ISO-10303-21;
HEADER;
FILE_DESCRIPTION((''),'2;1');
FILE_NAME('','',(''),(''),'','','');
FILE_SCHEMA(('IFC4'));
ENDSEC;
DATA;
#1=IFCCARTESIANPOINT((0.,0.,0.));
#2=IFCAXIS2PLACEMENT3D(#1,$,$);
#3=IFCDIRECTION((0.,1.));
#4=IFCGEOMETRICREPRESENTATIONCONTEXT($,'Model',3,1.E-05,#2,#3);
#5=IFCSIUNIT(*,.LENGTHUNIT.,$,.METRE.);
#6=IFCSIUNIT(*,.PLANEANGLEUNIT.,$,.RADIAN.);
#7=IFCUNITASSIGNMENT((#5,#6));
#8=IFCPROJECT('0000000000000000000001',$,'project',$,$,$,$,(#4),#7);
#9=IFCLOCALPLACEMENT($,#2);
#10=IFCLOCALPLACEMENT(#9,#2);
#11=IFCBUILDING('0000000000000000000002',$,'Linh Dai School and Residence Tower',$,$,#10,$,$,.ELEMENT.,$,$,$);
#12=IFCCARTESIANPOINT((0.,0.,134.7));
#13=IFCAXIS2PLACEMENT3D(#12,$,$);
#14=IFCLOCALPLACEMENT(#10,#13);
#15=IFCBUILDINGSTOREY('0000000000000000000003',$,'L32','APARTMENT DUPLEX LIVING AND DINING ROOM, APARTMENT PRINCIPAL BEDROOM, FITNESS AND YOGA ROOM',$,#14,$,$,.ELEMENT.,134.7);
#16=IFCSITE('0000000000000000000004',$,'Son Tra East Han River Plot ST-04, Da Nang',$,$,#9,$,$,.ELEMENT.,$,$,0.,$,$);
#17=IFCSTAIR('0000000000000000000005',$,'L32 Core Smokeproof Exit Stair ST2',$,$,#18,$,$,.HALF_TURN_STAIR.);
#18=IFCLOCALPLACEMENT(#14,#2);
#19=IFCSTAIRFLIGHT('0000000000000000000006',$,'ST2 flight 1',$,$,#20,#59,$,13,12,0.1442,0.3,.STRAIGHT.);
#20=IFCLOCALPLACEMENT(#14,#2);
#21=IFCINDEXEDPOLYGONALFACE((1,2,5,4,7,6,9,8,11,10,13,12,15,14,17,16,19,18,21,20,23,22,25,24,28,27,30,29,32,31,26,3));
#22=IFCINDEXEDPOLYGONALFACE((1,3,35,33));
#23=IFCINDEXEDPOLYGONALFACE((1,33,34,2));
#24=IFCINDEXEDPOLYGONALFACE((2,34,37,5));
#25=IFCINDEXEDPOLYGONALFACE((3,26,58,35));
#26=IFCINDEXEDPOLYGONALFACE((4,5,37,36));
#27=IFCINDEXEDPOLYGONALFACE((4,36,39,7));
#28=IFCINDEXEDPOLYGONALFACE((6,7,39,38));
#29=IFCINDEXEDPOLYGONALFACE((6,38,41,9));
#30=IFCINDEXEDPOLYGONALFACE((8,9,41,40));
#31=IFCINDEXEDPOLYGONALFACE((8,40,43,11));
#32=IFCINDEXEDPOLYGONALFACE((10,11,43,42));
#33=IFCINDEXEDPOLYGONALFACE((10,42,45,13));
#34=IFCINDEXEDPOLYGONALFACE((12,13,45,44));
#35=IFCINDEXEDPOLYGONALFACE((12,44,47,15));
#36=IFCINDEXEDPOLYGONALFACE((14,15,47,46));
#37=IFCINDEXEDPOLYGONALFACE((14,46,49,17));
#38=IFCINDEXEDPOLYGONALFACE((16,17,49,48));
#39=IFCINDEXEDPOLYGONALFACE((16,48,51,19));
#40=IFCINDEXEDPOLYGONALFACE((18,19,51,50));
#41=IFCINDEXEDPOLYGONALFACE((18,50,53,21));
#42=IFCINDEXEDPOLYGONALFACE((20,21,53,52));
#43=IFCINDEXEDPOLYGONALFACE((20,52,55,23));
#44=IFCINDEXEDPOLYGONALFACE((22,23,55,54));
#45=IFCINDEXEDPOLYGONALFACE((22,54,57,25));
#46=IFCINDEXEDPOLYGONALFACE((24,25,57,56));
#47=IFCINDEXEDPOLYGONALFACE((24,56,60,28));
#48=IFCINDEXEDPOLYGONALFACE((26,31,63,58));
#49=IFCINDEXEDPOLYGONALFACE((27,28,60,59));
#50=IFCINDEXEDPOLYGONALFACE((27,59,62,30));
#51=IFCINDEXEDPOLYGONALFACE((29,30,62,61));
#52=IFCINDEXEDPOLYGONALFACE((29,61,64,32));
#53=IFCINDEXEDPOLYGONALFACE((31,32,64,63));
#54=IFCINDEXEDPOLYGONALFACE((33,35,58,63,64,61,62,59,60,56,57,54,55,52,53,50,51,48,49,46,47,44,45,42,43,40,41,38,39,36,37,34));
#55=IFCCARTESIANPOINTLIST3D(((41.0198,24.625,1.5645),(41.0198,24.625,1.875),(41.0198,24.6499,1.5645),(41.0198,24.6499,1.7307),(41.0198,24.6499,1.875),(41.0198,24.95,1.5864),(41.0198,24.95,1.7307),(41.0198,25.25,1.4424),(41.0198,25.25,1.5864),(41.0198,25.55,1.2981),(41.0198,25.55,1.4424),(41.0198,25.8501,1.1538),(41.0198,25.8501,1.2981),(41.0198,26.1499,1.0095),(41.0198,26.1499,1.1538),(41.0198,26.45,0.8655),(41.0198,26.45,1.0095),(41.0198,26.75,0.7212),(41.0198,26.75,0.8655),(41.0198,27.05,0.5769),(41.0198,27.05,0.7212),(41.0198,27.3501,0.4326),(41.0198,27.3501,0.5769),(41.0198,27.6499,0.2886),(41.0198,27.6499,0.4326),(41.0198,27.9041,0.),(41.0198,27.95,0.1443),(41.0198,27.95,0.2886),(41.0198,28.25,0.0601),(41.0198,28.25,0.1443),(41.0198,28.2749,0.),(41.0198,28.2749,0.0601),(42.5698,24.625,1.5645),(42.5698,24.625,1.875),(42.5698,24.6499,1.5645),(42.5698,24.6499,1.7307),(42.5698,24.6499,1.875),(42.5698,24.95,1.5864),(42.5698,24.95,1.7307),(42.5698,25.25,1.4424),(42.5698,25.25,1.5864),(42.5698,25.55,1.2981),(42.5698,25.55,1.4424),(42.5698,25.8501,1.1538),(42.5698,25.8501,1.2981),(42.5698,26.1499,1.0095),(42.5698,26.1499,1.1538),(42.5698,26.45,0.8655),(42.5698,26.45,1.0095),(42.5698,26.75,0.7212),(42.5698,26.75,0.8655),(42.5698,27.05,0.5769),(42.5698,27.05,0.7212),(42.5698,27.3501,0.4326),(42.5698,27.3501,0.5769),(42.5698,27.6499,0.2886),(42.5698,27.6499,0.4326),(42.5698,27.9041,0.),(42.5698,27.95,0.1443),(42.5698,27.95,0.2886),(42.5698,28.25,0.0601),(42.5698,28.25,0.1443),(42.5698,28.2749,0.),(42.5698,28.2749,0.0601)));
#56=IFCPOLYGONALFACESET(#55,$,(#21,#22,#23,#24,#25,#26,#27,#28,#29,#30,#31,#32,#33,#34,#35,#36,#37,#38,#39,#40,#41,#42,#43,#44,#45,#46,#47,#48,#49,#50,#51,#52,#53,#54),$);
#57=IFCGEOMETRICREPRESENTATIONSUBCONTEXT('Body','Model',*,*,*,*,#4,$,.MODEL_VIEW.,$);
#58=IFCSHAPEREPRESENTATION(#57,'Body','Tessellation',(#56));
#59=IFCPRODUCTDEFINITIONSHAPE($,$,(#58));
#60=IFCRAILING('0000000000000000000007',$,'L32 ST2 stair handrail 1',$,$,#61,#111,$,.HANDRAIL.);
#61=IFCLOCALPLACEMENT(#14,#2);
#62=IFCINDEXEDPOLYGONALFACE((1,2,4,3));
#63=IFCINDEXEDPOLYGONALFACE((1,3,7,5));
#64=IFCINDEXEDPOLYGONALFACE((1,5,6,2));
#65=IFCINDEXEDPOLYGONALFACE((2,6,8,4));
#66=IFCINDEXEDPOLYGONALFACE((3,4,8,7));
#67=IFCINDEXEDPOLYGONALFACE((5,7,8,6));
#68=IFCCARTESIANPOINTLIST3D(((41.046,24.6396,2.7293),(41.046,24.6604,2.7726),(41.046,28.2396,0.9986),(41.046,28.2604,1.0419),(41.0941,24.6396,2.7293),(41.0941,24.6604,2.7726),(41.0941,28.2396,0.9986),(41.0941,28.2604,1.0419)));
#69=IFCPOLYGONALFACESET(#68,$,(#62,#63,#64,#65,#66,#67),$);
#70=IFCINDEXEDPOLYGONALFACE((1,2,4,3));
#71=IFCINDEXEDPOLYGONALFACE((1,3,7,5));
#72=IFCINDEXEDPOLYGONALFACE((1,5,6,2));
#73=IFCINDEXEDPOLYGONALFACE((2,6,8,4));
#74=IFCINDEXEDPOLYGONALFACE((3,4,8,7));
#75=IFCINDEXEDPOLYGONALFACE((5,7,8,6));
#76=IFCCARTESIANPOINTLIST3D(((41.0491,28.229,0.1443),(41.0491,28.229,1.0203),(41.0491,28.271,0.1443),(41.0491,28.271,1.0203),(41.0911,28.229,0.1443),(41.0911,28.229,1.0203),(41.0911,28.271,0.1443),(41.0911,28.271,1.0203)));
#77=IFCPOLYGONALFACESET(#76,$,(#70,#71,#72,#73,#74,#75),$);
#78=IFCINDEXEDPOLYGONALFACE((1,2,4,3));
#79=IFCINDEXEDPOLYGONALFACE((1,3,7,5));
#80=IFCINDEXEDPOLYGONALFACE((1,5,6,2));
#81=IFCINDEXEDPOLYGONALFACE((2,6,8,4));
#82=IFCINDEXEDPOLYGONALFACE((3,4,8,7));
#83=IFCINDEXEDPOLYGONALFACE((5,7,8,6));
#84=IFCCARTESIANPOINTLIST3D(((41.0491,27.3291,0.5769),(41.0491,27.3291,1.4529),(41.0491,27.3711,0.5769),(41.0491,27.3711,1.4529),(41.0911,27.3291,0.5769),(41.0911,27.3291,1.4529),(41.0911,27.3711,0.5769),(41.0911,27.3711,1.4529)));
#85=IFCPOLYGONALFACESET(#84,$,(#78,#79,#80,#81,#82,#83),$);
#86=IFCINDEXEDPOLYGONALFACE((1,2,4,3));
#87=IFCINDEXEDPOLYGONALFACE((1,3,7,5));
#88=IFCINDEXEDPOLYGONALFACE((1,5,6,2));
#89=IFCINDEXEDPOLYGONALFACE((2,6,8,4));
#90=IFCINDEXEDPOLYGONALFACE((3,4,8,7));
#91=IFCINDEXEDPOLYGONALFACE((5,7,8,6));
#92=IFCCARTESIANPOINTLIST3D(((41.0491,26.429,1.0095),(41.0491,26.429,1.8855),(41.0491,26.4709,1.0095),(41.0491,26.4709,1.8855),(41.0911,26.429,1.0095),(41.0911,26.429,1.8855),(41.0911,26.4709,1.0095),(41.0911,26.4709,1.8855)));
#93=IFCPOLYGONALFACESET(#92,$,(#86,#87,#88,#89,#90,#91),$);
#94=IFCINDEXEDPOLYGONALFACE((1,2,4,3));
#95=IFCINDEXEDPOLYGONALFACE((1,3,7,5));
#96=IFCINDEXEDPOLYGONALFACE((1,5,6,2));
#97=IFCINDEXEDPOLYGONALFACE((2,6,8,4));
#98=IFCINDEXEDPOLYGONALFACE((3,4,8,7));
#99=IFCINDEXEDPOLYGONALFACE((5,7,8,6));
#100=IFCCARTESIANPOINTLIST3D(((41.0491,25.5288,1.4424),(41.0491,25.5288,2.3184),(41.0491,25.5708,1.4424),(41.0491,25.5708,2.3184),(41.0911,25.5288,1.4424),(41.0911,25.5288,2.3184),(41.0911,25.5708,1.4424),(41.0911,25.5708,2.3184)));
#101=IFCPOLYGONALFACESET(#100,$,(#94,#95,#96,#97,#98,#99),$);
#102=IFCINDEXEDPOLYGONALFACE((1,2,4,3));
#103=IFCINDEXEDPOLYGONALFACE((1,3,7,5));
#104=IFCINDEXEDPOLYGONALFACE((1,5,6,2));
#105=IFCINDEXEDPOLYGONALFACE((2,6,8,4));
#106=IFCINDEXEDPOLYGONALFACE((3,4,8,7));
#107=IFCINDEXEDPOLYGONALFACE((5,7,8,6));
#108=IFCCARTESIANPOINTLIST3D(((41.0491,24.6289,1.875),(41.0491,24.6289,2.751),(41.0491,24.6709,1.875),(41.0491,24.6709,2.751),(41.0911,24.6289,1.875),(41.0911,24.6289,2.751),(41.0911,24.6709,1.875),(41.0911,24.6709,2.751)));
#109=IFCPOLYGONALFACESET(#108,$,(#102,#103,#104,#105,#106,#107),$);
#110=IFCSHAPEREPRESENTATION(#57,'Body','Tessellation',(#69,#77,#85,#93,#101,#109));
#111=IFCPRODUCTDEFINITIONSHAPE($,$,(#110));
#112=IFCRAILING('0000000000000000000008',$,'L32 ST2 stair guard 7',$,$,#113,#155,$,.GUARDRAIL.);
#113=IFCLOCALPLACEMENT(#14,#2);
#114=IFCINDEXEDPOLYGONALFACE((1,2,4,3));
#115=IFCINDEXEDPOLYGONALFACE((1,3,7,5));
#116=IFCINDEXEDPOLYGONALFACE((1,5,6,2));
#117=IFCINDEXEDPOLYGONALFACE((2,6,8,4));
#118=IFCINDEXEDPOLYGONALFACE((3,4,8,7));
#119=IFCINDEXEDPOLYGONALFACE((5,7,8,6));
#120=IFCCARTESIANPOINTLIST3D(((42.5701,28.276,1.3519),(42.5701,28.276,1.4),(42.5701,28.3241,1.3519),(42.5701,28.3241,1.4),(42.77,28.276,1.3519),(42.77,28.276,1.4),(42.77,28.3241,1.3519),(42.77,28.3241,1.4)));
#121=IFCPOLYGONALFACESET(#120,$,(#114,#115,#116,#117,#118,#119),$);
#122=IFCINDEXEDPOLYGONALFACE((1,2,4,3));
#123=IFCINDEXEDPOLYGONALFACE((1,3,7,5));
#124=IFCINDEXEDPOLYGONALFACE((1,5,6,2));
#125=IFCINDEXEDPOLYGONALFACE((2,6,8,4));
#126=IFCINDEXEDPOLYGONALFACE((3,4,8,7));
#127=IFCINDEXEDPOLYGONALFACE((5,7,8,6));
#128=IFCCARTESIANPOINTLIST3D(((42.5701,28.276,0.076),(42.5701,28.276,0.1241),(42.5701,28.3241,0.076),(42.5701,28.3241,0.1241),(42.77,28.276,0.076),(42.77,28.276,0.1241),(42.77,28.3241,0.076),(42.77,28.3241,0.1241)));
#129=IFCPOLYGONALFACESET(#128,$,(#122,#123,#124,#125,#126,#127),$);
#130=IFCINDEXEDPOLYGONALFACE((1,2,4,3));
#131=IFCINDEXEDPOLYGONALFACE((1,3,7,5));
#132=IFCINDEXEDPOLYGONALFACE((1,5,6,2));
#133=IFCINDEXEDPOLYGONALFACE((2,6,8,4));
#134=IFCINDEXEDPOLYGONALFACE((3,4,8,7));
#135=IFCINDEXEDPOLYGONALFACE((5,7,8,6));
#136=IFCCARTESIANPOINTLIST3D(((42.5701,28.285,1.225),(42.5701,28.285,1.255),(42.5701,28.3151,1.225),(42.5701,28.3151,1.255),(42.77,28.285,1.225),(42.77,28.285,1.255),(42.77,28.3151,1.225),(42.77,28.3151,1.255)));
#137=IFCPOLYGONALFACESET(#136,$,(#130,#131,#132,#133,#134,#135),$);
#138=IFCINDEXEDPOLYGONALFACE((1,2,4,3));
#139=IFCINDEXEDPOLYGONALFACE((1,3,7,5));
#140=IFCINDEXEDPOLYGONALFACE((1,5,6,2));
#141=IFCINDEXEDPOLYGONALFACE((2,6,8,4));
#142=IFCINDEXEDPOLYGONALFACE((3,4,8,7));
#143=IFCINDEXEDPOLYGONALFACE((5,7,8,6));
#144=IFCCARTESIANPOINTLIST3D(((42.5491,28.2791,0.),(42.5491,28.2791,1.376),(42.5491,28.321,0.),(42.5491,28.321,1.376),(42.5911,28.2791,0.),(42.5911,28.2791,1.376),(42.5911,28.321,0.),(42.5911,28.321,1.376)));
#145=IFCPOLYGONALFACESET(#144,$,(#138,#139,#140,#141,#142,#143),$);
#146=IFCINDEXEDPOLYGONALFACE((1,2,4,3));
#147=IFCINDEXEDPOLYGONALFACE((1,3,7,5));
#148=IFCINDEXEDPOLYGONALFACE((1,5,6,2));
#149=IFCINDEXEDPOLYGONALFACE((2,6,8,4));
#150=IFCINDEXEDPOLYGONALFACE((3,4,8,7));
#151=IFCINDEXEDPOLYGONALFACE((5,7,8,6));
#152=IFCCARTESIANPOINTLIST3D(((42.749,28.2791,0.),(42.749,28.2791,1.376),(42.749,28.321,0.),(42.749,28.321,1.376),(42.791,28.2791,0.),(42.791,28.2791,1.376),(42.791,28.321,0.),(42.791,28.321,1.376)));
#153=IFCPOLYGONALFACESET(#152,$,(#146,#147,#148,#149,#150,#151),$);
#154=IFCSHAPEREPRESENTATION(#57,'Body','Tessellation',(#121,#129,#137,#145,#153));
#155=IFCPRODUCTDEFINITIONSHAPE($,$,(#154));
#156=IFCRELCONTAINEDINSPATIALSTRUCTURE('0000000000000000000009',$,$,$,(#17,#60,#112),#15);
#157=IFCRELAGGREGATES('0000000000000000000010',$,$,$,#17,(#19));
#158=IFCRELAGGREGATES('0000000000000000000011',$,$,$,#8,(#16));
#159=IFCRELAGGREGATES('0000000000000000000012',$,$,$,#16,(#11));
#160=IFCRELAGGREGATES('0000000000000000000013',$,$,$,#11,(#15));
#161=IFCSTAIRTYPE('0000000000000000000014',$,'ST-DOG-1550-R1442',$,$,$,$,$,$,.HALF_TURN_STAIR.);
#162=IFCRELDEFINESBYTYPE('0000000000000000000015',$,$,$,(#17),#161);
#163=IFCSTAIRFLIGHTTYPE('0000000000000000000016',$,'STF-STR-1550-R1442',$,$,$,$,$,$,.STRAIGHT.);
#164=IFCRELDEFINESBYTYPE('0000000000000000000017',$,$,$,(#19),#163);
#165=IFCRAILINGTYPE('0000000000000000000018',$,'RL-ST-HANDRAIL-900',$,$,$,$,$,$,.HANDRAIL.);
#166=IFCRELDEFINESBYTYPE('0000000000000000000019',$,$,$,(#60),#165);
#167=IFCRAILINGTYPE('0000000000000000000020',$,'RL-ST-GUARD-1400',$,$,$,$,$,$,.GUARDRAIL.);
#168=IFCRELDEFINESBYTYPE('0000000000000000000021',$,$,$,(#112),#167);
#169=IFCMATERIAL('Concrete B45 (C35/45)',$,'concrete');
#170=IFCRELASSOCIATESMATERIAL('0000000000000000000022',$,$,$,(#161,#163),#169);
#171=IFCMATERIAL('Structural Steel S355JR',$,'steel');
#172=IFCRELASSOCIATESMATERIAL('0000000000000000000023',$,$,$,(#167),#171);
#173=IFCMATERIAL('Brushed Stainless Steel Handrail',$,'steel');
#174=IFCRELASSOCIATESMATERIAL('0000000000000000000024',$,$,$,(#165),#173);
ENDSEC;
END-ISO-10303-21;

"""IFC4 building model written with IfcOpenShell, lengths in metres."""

from ifc_helpers import new_model, si_unit, direction, frame, origin, origin_2d, place, context, subcontext, project, spatial, polyline, rectangle, outline, extrude, source, transform, mapped, material, type_object, element, aggregate, save


model = new_model("IFC4")

# Units and contexts
model_context = context("Model", 3, precision=1e-05, world=origin(), true_north=direction((0.0, 1.0)))
body_context = subcontext(model_context, "Body", "Model", "MODEL_VIEW")
ifc_project = project(units=[si_unit("LENGTHUNIT", "METRE"), si_unit("PLANEANGLEUNIT", "RADIAN")], contexts=[model_context])

# Site, building, storey
site_placement = place(None, origin())
site = spatial("IfcSite", under=ifc_project, at=site_placement, Name="Son Tra East Han River Plot ST-04, Da Nang", CompositionType="ELEMENT", RefElevation=0.0)
building_placement = place(site_placement, origin())
building = spatial("IfcBuilding", under=site, at=building_placement, Name="Linh Dai School and Residence Tower", CompositionType="ELEMENT")
storey_placement = place(building_placement, frame((0.0, 0.0, 134.7)))
storey = spatial("IfcBuildingStorey", under=building, at=storey_placement, Name="L32", Description="APARTMENT DUPLEX LIVING AND DINING ROOM, APARTMENT PRINCIPAL BEDROOM, FITNESS AND YOGA ROOM", CompositionType="ELEMENT", Elevation=134.7)

# Shared definitions
ifc_material_1 = material(Name="Structural Steel S355JR", Category="steel")

# Shared definitions
ifc_material_2 = material(Name="Concrete B45 (C35/45)", Category="concrete")

# Stair, stair flight
stair_type = type_object("IfcStairType", Name="ST-DOG-1550-R1442", PredefinedType="HALF_TURN_STAIR", material=ifc_material_2)
stair_placement = place(storey_placement, origin())
stair = element("IfcStair", 1, at=stair_placement, inside=storey, type_object=stair_type, Name="L32 Core Smokeproof Exit Stair ST2", PredefinedType="HALF_TURN_STAIR")
stair_flight_type = type_object("IfcStairFlightType", Name="STF-STR-1550-R1442", PredefinedType="STRAIGHT", material=ifc_material_2)
shared_shape_1 = source(origin(), body_context, "Body", "SweptSolid", [
    extrude(outline(polyline([(-0.0249, 0.0), (-0.0249, 0.0601), (0.0, 0.0601), (0.0, 0.1443), (0.3, 0.1443), (0.3, 0.2886), (0.6001, 0.2886), (0.6001, 0.4326), (0.8999, 0.4326), (0.8999, 0.5769), (1.2, 0.5769), (1.2, 0.7212), (1.5, 0.7212), (1.5, 0.8655), (1.8, 0.8655), (1.8, 1.0095), (2.1001, 1.0095), (2.1001, 1.1538), (2.3999, 1.1538), (2.3999, 1.2981), (2.7, 1.2981), (2.7, 1.4424), (3.0, 1.4424), (3.0, 1.5864), (3.3, 1.5864), (3.3, 1.7307), (3.6001, 1.7307), (3.6001, 1.875), (3.625, 1.875), (3.625, 1.5645), (3.6001, 1.5645), (0.3459, 0.0), (-0.0249, 0.0)])), frame((0.0, 0.7749, 0.0), z_axis=(0.0, -1.0, 0.0), x_axis=(1.0, 0.0, 0.0)), (0.0, 0.0, 1.0), 1.55),
])
stair_flight_placement = place(storey_placement, frame((41.7949, 28.25, 0.0), z_axis=(0.0, 0.0, 1.0), x_axis=(0.0, -1.0, 0.0)))
stair_flight = element("IfcStairFlight", 2, at=stair_flight_placement, type_object=stair_flight_type, Name="ST2 flight 1", NumberOfRisers=13, NumberOfTreads=12, PredefinedType="STRAIGHT", RiserHeight=0.1442, TreadLength=0.3, context=body_context, shape_type="MappedRepresentation", body=[
    mapped(shared_shape_1, transform((0.0, 0.0, 0.0), x_axis=(1.0, 0.0, 0.0), y_axis=(0.0, 1.0, 0.0), z_axis=(0.0, 0.0, 1.0), scale=1.0)),
])
aggregate(stair, [stair_flight])

# Railings
railing_type_1 = type_object("IfcRailingType", Name="RL-ST-GUARD-1400", PredefinedType="GUARDRAIL", material=ifc_material_1)
ifc_material_3 = material(Name="Brushed Stainless Steel Handrail", Category="steel")
railing_type_2 = type_object("IfcRailingType", Name="RL-ST-HANDRAIL-900", PredefinedType="HANDRAIL", material=ifc_material_3)
shared_shape_2 = source(origin(), body_context, "Body", "SweptSolid", [
    extrude(rectangle(XDim=0.0481, YDim=0.0481, at=origin_2d()), frame((0.0, 0.0, 0.876), z_axis=(0.0, -0.901263, 0.433273), x_axis=(1.0, 0.0, 0.0)), (0.0, 0.0, 1.0), 3.9944),
    extrude(rectangle(XDim=0.042, YDim=0.042, at=origin_2d()), origin(), (0.0, 0.0, 1.0), 0.876),
    extrude(rectangle(XDim=0.042, YDim=0.042, at=origin_2d()), frame((0.0, -0.8999, 0.4326)), (0.0, 0.0, 1.0), 0.876),
    extrude(rectangle(XDim=0.042, YDim=0.042, at=origin_2d()), frame((0.0, -1.8, 0.8652)), (0.0, 0.0, 1.0), 0.876),
    extrude(rectangle(XDim=0.042, YDim=0.042, at=origin_2d()), frame((0.0, -2.7002, 1.2981)), (0.0, 0.0, 1.0), 0.876),
    extrude(rectangle(XDim=0.042, YDim=0.042, at=origin_2d()), frame((0.0, -3.6001, 1.7307)), (0.0, 0.0, 1.0), 0.876),
])
railing_1_placement = place(storey_placement, frame((41.0701, 28.25, 0.1443)))
element("IfcRailing", 3, at=railing_1_placement, inside=storey, type_object=railing_type_2, Name="L32 ST2 stair handrail 1", PredefinedType="HANDRAIL", context=body_context, shape_type="MappedRepresentation", body=[
    mapped(shared_shape_2, transform((0.0, 0.0, 0.0), x_axis=(1.0, 0.0, 0.0), y_axis=(0.0, 1.0, 0.0), z_axis=(0.0, 0.0, 1.0), scale=1.0)),
])
shared_shape_3 = source(origin(), body_context, "Body", "SweptSolid", [
    extrude(rectangle(XDim=0.0481, YDim=0.0481, at=origin_2d()), frame((0.0, 0.0, 1.376), z_axis=(1.0, 0.0, 0.0), x_axis=(0.0, 1.0, 0.0)), (0.0, 0.0, 1.0), 0.2),
    extrude(rectangle(XDim=0.0481, YDim=0.0481, at=origin_2d()), frame((0.0, 0.0, 0.1001), z_axis=(1.0, 0.0, 0.0), x_axis=(0.0, 1.0, 0.0)), (0.0, 0.0, 1.0), 0.2),
    extrude(rectangle(XDim=0.03, YDim=0.03, at=origin_2d()), frame((0.0, 0.0, 1.24), z_axis=(1.0, 0.0, 0.0), x_axis=(0.0, 1.0, 0.0)), (0.0, 0.0, 1.0), 0.2),
    extrude(rectangle(XDim=0.042, YDim=0.042, at=origin_2d()), origin(), (0.0, 0.0, 1.0), 1.376),
    extrude(rectangle(XDim=0.042, YDim=0.042, at=origin_2d()), frame((0.2, 0.0, 0.0)), (0.0, 0.0, 1.0), 1.376),
])
railing_2_placement = place(storey_placement, frame((42.5701, 28.3, 0.0)))
element("IfcRailing", 4, at=railing_2_placement, inside=storey, type_object=railing_type_1, Name="L32 ST2 stair guard 7", PredefinedType="GUARDRAIL", context=body_context, shape_type="MappedRepresentation", body=[
    mapped(shared_shape_3, transform((0.0, 0.0, 0.0), x_axis=(1.0, 0.0, 0.0), y_axis=(0.0, 1.0, 0.0), z_axis=(0.0, 0.0, 1.0), scale=1.0)),
])

save(model, "model.ifc")
